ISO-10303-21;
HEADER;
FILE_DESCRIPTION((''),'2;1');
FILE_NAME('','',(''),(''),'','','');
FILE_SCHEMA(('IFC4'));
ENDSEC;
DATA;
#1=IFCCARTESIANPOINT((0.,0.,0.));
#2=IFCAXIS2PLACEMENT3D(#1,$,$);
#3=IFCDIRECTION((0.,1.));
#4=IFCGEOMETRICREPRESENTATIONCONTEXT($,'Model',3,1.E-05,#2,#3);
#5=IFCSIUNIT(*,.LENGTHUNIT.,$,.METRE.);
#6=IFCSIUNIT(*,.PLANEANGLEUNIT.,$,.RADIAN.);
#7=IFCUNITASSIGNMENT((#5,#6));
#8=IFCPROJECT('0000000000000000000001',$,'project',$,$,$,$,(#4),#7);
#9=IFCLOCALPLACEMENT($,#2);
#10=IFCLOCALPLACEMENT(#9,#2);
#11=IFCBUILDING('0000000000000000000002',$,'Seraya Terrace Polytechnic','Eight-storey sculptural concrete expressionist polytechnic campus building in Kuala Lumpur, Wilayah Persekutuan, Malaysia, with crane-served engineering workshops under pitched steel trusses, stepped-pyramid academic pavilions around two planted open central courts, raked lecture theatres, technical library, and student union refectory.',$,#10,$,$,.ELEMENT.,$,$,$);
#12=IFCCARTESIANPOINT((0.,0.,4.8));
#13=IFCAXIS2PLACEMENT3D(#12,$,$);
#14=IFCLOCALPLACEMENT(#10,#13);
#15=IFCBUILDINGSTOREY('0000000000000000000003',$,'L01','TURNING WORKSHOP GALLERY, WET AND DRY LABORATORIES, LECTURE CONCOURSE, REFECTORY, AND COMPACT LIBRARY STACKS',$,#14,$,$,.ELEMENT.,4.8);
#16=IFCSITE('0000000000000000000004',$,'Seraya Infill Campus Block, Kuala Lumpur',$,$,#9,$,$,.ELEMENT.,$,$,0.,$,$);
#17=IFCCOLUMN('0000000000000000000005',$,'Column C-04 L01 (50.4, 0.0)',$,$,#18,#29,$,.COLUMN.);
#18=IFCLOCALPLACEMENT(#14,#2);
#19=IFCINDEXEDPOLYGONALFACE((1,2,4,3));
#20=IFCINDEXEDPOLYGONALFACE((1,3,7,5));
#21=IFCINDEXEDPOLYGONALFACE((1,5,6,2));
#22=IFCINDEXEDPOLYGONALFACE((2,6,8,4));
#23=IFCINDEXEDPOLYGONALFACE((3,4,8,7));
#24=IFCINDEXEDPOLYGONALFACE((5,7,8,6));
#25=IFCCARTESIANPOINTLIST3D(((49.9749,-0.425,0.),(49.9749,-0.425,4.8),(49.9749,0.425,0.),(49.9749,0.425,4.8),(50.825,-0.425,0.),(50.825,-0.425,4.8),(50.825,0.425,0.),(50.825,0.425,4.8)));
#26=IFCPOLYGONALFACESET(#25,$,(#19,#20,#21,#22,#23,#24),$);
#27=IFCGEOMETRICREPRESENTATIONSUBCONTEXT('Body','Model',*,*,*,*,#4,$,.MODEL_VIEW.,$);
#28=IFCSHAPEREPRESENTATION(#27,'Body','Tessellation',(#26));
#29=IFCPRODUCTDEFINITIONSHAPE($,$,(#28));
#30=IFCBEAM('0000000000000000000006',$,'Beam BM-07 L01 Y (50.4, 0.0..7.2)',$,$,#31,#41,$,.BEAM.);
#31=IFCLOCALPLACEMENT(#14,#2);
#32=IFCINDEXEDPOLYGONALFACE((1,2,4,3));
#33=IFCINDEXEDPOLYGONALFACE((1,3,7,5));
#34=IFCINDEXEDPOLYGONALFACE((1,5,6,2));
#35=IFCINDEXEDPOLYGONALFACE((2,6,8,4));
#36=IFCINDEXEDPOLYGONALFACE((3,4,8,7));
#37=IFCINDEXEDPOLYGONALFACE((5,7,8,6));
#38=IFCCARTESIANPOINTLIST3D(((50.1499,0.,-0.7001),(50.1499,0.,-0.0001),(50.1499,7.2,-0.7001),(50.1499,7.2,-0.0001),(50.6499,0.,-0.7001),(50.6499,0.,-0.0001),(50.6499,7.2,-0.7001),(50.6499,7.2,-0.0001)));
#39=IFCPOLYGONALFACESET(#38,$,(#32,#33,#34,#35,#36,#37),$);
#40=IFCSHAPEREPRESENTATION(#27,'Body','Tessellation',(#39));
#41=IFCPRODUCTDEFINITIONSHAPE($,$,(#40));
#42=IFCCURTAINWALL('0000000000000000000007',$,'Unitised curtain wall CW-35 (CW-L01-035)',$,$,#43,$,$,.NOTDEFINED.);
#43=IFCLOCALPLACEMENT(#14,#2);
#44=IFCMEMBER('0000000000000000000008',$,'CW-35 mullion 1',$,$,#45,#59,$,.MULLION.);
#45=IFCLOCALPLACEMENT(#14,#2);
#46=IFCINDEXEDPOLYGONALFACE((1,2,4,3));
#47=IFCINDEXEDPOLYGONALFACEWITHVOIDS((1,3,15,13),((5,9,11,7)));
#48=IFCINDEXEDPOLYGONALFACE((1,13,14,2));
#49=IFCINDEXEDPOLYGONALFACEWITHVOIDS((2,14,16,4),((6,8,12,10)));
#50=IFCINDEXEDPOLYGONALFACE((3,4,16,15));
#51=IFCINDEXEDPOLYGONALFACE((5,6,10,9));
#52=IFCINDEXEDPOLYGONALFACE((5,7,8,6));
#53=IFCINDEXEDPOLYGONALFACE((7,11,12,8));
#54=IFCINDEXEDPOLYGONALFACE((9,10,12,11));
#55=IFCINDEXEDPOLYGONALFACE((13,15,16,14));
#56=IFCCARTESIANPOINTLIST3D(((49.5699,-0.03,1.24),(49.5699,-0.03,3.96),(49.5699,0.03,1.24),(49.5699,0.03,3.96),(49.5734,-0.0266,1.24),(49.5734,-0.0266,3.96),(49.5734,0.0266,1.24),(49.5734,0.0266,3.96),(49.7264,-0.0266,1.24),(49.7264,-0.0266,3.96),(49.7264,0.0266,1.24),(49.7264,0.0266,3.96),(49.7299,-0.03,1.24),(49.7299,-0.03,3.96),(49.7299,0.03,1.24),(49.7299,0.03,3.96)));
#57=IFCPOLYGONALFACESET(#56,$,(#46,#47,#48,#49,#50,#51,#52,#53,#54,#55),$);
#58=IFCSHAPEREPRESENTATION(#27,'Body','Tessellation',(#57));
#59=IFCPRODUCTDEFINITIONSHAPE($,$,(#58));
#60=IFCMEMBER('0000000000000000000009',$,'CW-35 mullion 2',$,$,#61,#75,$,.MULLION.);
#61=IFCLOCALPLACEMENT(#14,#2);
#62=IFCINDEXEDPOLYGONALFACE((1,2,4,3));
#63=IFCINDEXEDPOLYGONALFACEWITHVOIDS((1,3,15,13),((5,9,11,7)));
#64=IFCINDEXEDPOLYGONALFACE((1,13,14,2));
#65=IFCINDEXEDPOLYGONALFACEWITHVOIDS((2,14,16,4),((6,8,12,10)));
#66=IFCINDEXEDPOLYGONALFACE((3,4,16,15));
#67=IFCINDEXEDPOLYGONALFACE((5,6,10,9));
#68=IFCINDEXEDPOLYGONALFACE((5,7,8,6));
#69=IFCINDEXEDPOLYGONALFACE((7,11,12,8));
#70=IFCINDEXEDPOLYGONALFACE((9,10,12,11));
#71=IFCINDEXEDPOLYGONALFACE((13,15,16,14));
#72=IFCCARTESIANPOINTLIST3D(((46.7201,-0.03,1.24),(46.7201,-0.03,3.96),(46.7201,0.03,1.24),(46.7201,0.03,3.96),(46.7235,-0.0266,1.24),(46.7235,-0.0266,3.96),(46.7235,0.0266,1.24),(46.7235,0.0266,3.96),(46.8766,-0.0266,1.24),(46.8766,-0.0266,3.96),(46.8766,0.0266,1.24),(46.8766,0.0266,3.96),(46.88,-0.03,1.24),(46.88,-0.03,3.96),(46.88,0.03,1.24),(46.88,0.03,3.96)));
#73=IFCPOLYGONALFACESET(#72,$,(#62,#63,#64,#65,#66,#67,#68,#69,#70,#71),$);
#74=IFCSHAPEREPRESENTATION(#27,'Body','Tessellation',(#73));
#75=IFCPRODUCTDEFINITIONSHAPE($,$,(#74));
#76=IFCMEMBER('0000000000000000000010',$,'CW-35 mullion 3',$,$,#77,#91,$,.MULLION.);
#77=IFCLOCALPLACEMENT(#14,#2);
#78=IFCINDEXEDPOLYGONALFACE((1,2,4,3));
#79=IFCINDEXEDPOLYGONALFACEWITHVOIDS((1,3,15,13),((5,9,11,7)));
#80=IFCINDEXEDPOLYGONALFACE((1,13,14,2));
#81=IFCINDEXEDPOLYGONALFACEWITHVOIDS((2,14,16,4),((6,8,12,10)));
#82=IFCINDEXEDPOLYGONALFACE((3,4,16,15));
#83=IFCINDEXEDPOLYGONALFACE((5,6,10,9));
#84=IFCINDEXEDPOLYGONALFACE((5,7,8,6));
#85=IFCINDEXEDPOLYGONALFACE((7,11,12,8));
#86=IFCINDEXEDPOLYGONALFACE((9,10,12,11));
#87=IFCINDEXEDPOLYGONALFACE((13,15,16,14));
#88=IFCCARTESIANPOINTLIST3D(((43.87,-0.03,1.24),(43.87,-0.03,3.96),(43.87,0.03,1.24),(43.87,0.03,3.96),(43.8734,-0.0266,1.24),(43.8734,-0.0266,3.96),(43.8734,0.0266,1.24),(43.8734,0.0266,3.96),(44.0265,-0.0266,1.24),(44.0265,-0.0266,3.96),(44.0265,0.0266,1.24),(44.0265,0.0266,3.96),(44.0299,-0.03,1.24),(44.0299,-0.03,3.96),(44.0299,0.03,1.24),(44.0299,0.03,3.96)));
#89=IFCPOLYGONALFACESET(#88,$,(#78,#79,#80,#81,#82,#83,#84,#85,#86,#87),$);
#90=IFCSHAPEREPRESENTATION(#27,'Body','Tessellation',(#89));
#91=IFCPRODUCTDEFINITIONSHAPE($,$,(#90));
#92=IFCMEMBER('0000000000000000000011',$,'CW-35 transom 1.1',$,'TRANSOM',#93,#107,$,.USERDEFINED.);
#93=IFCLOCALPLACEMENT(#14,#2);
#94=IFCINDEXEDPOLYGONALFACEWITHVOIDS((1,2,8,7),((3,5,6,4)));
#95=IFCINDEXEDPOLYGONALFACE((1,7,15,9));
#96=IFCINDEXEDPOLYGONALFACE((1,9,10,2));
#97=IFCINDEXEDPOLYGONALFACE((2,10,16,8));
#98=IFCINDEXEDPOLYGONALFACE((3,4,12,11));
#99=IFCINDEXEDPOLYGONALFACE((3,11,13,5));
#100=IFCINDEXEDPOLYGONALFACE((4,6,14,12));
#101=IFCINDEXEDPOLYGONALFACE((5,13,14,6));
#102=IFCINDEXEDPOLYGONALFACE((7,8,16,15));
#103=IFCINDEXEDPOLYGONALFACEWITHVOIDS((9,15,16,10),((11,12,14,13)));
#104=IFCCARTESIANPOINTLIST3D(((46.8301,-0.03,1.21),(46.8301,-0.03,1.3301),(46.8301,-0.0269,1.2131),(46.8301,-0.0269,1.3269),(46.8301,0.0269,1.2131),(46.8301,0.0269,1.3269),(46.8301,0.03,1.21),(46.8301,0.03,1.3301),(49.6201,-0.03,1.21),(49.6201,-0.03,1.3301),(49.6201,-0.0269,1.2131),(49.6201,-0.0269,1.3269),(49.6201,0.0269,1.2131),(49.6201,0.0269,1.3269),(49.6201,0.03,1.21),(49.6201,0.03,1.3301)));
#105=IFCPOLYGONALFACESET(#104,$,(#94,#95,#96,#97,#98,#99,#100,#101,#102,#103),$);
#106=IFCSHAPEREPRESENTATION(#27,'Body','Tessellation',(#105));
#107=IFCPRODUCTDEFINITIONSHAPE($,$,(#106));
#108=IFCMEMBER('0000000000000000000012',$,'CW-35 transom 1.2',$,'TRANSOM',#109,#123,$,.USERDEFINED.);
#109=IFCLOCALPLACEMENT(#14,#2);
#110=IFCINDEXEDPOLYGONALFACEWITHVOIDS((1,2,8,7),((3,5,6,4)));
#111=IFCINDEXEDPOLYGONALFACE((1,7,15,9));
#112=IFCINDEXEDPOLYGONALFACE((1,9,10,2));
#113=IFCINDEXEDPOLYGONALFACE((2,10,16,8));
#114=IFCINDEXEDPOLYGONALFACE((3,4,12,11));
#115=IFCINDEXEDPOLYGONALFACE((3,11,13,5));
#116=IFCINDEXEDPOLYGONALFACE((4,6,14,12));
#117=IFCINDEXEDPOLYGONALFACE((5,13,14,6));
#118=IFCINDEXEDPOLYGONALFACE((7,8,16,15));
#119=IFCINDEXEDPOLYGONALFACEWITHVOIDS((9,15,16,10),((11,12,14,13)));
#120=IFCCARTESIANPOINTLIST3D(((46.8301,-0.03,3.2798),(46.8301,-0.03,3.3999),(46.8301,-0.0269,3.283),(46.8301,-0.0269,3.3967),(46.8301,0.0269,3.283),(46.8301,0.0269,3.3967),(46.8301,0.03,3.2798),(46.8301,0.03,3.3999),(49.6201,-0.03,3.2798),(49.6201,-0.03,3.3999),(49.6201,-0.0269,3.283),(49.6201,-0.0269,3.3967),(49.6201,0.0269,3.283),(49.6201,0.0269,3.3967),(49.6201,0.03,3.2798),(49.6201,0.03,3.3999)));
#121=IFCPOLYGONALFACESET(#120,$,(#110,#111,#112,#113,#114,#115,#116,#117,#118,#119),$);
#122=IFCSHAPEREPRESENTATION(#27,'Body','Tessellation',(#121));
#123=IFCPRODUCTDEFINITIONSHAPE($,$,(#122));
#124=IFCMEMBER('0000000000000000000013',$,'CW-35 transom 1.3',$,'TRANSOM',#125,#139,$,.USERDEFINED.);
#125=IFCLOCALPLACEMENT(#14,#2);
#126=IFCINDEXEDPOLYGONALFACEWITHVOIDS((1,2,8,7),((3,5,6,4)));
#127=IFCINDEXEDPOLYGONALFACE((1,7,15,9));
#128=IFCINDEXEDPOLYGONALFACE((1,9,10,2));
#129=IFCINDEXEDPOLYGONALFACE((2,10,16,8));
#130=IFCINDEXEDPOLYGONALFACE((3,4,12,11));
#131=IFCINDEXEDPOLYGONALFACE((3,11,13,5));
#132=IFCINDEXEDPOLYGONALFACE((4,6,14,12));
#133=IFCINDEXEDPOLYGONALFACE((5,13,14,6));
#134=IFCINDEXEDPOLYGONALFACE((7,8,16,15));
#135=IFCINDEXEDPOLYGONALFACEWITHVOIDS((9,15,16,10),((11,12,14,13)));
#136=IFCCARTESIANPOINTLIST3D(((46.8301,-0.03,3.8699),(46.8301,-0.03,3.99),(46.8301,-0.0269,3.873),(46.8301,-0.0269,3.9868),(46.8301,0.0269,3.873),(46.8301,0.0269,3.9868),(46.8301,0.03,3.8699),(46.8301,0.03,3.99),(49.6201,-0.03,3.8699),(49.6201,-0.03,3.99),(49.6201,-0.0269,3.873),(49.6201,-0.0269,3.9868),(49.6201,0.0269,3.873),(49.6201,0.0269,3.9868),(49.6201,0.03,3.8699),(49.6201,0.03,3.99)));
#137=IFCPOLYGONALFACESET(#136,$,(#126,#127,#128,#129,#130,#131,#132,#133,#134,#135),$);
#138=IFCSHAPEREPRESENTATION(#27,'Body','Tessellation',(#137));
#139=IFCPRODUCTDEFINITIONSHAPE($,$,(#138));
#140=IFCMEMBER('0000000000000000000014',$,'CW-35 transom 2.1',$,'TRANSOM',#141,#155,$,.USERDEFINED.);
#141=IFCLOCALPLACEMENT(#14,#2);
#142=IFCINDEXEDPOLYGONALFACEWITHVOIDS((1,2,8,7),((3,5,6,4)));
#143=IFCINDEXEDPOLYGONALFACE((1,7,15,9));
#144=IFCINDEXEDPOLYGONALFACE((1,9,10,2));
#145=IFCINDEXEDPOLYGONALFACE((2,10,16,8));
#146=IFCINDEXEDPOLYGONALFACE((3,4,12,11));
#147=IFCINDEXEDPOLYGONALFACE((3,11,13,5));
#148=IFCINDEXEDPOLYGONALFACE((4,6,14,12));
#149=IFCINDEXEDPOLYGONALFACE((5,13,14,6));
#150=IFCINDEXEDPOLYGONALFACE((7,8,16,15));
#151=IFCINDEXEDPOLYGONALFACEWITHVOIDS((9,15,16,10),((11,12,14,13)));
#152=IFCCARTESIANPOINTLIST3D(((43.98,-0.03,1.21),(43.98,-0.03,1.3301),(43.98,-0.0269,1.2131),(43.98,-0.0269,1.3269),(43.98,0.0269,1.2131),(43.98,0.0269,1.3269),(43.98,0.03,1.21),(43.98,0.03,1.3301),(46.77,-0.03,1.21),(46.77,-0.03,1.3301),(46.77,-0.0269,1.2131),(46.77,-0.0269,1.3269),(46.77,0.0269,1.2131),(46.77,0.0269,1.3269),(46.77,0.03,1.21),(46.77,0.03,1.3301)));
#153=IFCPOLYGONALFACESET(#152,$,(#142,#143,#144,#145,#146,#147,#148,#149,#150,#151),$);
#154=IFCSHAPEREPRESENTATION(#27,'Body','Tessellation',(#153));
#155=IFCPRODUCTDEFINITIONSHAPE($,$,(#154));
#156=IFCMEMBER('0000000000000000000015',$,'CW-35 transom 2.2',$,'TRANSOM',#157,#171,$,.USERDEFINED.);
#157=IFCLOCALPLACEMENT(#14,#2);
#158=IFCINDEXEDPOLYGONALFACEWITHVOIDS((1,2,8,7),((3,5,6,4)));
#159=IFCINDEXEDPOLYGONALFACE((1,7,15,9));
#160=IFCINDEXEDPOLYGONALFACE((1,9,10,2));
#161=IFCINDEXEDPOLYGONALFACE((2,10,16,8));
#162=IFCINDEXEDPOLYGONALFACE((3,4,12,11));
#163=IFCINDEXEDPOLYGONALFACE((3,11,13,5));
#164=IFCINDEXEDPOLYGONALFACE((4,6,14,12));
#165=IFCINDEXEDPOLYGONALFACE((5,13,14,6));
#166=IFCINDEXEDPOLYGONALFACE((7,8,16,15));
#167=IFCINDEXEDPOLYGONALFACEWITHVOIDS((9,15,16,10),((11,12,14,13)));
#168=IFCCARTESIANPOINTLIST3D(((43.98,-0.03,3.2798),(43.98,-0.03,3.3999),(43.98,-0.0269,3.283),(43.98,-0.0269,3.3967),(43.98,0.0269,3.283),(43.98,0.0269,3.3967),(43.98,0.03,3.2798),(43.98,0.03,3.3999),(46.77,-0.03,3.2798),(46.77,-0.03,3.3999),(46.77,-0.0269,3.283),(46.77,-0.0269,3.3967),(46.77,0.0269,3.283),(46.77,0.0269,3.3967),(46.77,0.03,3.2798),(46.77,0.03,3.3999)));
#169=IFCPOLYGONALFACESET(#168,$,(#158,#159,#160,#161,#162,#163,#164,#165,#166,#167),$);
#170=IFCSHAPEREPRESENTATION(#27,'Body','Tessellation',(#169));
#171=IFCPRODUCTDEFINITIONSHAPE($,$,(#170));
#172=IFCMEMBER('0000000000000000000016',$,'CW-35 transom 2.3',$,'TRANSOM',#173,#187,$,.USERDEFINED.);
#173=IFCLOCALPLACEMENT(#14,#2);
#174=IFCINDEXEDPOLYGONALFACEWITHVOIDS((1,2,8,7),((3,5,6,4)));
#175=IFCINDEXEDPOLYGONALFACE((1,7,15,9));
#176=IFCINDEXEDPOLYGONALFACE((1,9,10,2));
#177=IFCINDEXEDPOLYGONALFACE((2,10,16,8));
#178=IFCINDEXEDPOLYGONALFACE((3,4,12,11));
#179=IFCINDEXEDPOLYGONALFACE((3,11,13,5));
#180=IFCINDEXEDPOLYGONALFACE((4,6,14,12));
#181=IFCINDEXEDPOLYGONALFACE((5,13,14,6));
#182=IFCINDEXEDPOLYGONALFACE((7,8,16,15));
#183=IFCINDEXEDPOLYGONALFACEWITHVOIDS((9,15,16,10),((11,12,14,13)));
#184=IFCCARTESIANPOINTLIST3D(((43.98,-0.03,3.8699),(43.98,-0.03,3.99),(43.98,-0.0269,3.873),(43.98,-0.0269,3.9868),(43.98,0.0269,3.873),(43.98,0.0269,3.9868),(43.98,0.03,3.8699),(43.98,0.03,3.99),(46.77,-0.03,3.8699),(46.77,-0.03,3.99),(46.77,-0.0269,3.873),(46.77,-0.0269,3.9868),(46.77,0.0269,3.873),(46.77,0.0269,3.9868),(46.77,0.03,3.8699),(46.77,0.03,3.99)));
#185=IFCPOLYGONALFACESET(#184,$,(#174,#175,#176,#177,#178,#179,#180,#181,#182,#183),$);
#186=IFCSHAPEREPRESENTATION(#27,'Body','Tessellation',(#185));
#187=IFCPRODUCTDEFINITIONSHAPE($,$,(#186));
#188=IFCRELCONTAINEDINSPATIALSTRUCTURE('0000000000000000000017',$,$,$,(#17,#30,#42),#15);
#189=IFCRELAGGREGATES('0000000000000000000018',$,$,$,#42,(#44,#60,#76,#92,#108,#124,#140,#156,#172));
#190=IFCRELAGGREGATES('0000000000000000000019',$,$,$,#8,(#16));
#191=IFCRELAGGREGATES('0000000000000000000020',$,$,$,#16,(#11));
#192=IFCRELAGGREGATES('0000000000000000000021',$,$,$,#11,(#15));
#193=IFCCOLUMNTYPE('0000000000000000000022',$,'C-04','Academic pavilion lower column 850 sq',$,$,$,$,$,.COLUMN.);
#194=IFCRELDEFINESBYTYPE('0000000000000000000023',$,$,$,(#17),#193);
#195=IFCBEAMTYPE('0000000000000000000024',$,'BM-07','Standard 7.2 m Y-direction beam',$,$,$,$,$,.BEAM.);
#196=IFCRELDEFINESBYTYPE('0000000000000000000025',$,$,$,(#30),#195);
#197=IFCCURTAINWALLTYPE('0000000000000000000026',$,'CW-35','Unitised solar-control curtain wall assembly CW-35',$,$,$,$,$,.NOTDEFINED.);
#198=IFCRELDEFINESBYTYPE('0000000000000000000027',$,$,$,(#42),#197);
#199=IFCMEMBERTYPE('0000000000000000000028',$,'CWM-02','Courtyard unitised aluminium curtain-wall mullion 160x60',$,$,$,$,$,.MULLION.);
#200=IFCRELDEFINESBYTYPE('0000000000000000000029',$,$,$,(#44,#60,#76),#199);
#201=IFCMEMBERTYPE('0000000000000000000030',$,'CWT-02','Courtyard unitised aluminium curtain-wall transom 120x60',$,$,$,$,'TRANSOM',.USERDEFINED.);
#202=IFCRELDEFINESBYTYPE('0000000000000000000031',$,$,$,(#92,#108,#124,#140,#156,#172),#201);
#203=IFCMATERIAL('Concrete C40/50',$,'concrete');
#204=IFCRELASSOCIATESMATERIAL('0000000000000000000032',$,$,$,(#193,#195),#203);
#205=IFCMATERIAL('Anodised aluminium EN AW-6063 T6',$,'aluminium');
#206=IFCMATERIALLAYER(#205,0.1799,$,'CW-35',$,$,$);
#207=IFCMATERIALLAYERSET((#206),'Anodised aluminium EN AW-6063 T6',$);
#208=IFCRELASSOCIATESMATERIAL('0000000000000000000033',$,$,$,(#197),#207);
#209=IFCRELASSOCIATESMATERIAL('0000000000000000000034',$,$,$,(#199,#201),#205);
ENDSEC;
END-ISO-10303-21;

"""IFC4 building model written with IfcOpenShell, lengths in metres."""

from ifc_helpers import new_model, si_unit, direction, frame, origin, origin_2d, place, context, subcontext, project, spatial, rectangle, hollow_rectangle, extrude, material, layer, layer_set, material_profile, profile_set, type_object, element, aggregate, save


model = new_model("IFC4")

# Units and contexts
model_context = context("Model", 3, precision=1e-05, world=origin(), true_north=direction((0.0, 1.0)))
body_context = subcontext(model_context, "Body", "Model", "MODEL_VIEW")
ifc_project = project(units=[si_unit("LENGTHUNIT", "METRE"), si_unit("PLANEANGLEUNIT", "RADIAN")], contexts=[model_context])

# Site, building, storey
site_placement = place(None, origin())
site = spatial("IfcSite", under=ifc_project, at=site_placement, Name="Seraya Infill Campus Block, Kuala Lumpur", CompositionType="ELEMENT", RefElevation=0.0)
building_placement = place(site_placement, origin())
building = spatial("IfcBuilding", under=site, at=building_placement, Name="Seraya Terrace Polytechnic", Description="Eight-storey sculptural concrete expressionist polytechnic campus building in Kuala Lumpur, Wilayah Persekutuan, Malaysia, with crane-served engineering workshops under pitched steel trusses, stepped-pyramid academic pavilions around two planted open central courts, raked lecture theatres, technical library, and student union refectory.", CompositionType="ELEMENT")
storey_placement = place(building_placement, frame((0.0, 0.0, 4.8)))
storey = spatial("IfcBuildingStorey", under=building, at=storey_placement, Name="L01", Description="TURNING WORKSHOP GALLERY, WET AND DRY LABORATORIES, LECTURE CONCOURSE, REFECTORY, AND COMPACT LIBRARY STACKS", CompositionType="ELEMENT", Elevation=4.8)

# Column
ifc_material_1 = material(Name="Concrete C40/50", Category="concrete")
ifc_material_profile_1 = material_profile(ifc_material_1, rectangle(XDim=0.8501, YDim=0.8501, at=origin_2d()), Name="RC 850x850")
ifc_profile_set_1 = profile_set([ifc_material_profile_1], Name="Concrete C40/50")
column_type = type_object("IfcColumnType", Name="C-04", Description="Academic pavilion lower column 850 sq", PredefinedType="COLUMN", material=ifc_profile_set_1)
column_placement = place(storey_placement, frame((50.3999, 0.0, 0.0), z_axis=(0.0, 0.0, 1.0), x_axis=(1.0, 0.0, 0.0)))
element("IfcColumn", 1, at=column_placement, inside=storey, type_object=column_type, Name="Column C-04 L01 (50.4, 0.0)", PredefinedType="COLUMN", context=body_context, shape_type="SweptSolid", body=[
    extrude(rectangle(XDim=0.8501, YDim=0.8501, at=origin_2d()), origin(), (0.0, 0.0, 1.0), 4.8),
])

# Beam
ifc_material_profile_2 = material_profile(ifc_material_1, rectangle(XDim=0.5, YDim=0.7, at=origin_2d()), Name="RC 500x700")
ifc_profile_set_2 = profile_set([ifc_material_profile_2], Name="Concrete C40/50")
beam_type_1 = type_object("IfcBeamType", Name="BM-07", Description="Standard 7.2 m Y-direction beam", PredefinedType="BEAM", material=ifc_profile_set_2)
beam_1_placement = place(storey_placement, frame((50.3999, 0.0, -0.3501), z_axis=(0.0, 1.0, 0.0), x_axis=(-1.0, 0.0, 0.0)))
element("IfcBeam", 2, at=beam_1_placement, inside=storey, type_object=beam_type_1, Name="Beam BM-07 L01 Y (50.4, 0.0..7.2)", PredefinedType="BEAM", context=body_context, shape_type="SweptSolid", body=[
    extrude(rectangle(XDim=0.5, YDim=0.7, at=origin_2d()), origin(), (0.0, 0.0, 1.0), 7.2),
])

# Curtain wall, members
ifc_material_2 = material(Name="Anodised aluminium EN AW-6063 T6", Category="aluminium")
ifc_layer_1 = layer(ifc_material_2, 0.1799, Name="CW-35")
ifc_layer_set_1 = layer_set([ifc_layer_1], Name="Anodised aluminium EN AW-6063 T6")
curtain_wall_type = type_object("IfcCurtainWallType", Name="CW-35", Description="Unitised solar-control curtain wall assembly CW-35", PredefinedType="NOTDEFINED", material=ifc_layer_set_1)
curtain_wall_placement = place(storey_placement, origin())
curtain_wall = element("IfcCurtainWall", 3, at=curtain_wall_placement, inside=storey, type_object=curtain_wall_type, Name="Unitised curtain wall CW-35 (CW-L01-035)", PredefinedType="NOTDEFINED")
ifc_material_profile_3 = material_profile(ifc_material_2, hollow_rectangle(XDim=0.0601, YDim=0.1599, WallThickness=0.0034, at=origin_2d()), Name="RHS 160x60x3.5")
ifc_profile_set_3 = profile_set([ifc_material_profile_3], Name="Anodised aluminium EN AW-6063 T6")
member_type_1 = type_object("IfcMemberType", Name="CWM-02", Description="Courtyard unitised aluminium curtain-wall mullion 160x60", PredefinedType="MULLION", material=ifc_profile_set_3)
member_1_placement = place(storey_placement, frame((49.6499, 0.0, 1.24), z_axis=(0.0, 0.0, 1.0), x_axis=(0.0, -1.0, 0.0)))
member_1 = element("IfcMember", 4, at=member_1_placement, type_object=member_type_1, Name="CW-35 mullion 1", PredefinedType="MULLION", context=body_context, shape_type="SweptSolid", body=[
    extrude(hollow_rectangle(XDim=0.0601, YDim=0.1599, WallThickness=0.0034, at=origin_2d()), origin(), (0.0, 0.0, 1.0), 2.72),
])
member_2_placement = place(storey_placement, frame((46.8, 0.0, 1.24), z_axis=(0.0, 0.0, 1.0), x_axis=(0.0, -1.0, 0.0)))
member_2 = element("IfcMember", 5, at=member_2_placement, type_object=member_type_1, Name="CW-35 mullion 2", PredefinedType="MULLION", context=body_context, shape_type="SweptSolid", body=[
    extrude(hollow_rectangle(XDim=0.0601, YDim=0.1599, WallThickness=0.0034, at=origin_2d()), origin(), (0.0, 0.0, 1.0), 2.72),
])
member_3_placement = place(storey_placement, frame((43.95, 0.0, 1.24), z_axis=(0.0, 0.0, 1.0), x_axis=(0.0, -1.0, 0.0)))
member_3 = element("IfcMember", 6, at=member_3_placement, type_object=member_type_1, Name="CW-35 mullion 3", PredefinedType="MULLION", context=body_context, shape_type="SweptSolid", body=[
    extrude(hollow_rectangle(XDim=0.0601, YDim=0.1599, WallThickness=0.0034, at=origin_2d()), origin(), (0.0, 0.0, 1.0), 2.72),
])
ifc_material_profile_4 = material_profile(ifc_material_2, hollow_rectangle(XDim=0.0601, YDim=0.1201, WallThickness=0.0032, at=origin_2d()), Name="RHS 120x60x3.2")
ifc_profile_set_4 = profile_set([ifc_material_profile_4], Name="Anodised aluminium EN AW-6063 T6")
member_type_2 = type_object("IfcMemberType", Name="CWT-02", Description="Courtyard unitised aluminium curtain-wall transom 120x60", ElementType="TRANSOM", PredefinedType="USERDEFINED", material=ifc_profile_set_4)
member_4_placement = place(storey_placement, frame((49.6201, 0.0, 1.27), z_axis=(-1.0, 0.0, 0.0), x_axis=(0.0, -1.0, 0.0)))
member_4 = element("IfcMember", 7, at=member_4_placement, type_object=member_type_2, Name="CW-35 transom 1.1", ObjectType="TRANSOM", PredefinedType="USERDEFINED", context=body_context, shape_type="SweptSolid", body=[
    extrude(hollow_rectangle(XDim=0.0601, YDim=0.1201, WallThickness=0.0032, at=origin_2d()), origin(), (0.0, 0.0, 1.0), 2.79),
])
member_5_placement = place(storey_placement, frame((49.6201, 0.0, 3.3398), z_axis=(-1.0, 0.0, 0.0), x_axis=(0.0, -1.0, 0.0)))
member_5 = element("IfcMember", 8, at=member_5_placement, type_object=member_type_2, Name="CW-35 transom 1.2", ObjectType="TRANSOM", PredefinedType="USERDEFINED", context=body_context, shape_type="SweptSolid", body=[
    extrude(hollow_rectangle(XDim=0.0601, YDim=0.1201, WallThickness=0.0032, at=origin_2d()), origin(), (0.0, 0.0, 1.0), 2.79),
])
member_6_placement = place(storey_placement, frame((49.6201, 0.0, 3.9299), z_axis=(-1.0, 0.0, 0.0), x_axis=(0.0, -1.0, 0.0)))
member_6 = element("IfcMember", 9, at=member_6_placement, type_object=member_type_2, Name="CW-35 transom 1.3", ObjectType="TRANSOM", PredefinedType="USERDEFINED", context=body_context, shape_type="SweptSolid", body=[
    extrude(hollow_rectangle(XDim=0.0601, YDim=0.1201, WallThickness=0.0032, at=origin_2d()), origin(), (0.0, 0.0, 1.0), 2.79),
])
member_7_placement = place(storey_placement, frame((46.77, 0.0, 1.27), z_axis=(-1.0, 0.0, 0.0), x_axis=(0.0, -1.0, 0.0)))
member_7 = element("IfcMember", 10, at=member_7_placement, type_object=member_type_2, Name="CW-35 transom 2.1", ObjectType="TRANSOM", PredefinedType="USERDEFINED", context=body_context, shape_type="SweptSolid", body=[
    extrude(hollow_rectangle(XDim=0.0601, YDim=0.1201, WallThickness=0.0032, at=origin_2d()), origin(), (0.0, 0.0, 1.0), 2.79),
])
member_8_placement = place(storey_placement, frame((46.77, 0.0, 3.3398), z_axis=(-1.0, 0.0, 0.0), x_axis=(0.0, -1.0, 0.0)))
member_8 = element("IfcMember", 11, at=member_8_placement, type_object=member_type_2, Name="CW-35 transom 2.2", ObjectType="TRANSOM", PredefinedType="USERDEFINED", context=body_context, shape_type="SweptSolid", body=[
    extrude(hollow_rectangle(XDim=0.0601, YDim=0.1201, WallThickness=0.0032, at=origin_2d()), origin(), (0.0, 0.0, 1.0), 2.79),
])
member_9_placement = place(storey_placement, frame((46.77, 0.0, 3.9299), z_axis=(-1.0, 0.0, 0.0), x_axis=(0.0, -1.0, 0.0)))
member_9 = element("IfcMember", 12, at=member_9_placement, type_object=member_type_2, Name="CW-35 transom 2.3", ObjectType="TRANSOM", PredefinedType="USERDEFINED", context=body_context, shape_type="SweptSolid", body=[
    extrude(hollow_rectangle(XDim=0.0601, YDim=0.1201, WallThickness=0.0032, at=origin_2d()), origin(), (0.0, 0.0, 1.0), 2.79),
])

aggregate(curtain_wall, [member_1, member_2, member_3, member_4, member_5, member_6, member_7, member_8, member_9])

save(model, "model.ifc")
